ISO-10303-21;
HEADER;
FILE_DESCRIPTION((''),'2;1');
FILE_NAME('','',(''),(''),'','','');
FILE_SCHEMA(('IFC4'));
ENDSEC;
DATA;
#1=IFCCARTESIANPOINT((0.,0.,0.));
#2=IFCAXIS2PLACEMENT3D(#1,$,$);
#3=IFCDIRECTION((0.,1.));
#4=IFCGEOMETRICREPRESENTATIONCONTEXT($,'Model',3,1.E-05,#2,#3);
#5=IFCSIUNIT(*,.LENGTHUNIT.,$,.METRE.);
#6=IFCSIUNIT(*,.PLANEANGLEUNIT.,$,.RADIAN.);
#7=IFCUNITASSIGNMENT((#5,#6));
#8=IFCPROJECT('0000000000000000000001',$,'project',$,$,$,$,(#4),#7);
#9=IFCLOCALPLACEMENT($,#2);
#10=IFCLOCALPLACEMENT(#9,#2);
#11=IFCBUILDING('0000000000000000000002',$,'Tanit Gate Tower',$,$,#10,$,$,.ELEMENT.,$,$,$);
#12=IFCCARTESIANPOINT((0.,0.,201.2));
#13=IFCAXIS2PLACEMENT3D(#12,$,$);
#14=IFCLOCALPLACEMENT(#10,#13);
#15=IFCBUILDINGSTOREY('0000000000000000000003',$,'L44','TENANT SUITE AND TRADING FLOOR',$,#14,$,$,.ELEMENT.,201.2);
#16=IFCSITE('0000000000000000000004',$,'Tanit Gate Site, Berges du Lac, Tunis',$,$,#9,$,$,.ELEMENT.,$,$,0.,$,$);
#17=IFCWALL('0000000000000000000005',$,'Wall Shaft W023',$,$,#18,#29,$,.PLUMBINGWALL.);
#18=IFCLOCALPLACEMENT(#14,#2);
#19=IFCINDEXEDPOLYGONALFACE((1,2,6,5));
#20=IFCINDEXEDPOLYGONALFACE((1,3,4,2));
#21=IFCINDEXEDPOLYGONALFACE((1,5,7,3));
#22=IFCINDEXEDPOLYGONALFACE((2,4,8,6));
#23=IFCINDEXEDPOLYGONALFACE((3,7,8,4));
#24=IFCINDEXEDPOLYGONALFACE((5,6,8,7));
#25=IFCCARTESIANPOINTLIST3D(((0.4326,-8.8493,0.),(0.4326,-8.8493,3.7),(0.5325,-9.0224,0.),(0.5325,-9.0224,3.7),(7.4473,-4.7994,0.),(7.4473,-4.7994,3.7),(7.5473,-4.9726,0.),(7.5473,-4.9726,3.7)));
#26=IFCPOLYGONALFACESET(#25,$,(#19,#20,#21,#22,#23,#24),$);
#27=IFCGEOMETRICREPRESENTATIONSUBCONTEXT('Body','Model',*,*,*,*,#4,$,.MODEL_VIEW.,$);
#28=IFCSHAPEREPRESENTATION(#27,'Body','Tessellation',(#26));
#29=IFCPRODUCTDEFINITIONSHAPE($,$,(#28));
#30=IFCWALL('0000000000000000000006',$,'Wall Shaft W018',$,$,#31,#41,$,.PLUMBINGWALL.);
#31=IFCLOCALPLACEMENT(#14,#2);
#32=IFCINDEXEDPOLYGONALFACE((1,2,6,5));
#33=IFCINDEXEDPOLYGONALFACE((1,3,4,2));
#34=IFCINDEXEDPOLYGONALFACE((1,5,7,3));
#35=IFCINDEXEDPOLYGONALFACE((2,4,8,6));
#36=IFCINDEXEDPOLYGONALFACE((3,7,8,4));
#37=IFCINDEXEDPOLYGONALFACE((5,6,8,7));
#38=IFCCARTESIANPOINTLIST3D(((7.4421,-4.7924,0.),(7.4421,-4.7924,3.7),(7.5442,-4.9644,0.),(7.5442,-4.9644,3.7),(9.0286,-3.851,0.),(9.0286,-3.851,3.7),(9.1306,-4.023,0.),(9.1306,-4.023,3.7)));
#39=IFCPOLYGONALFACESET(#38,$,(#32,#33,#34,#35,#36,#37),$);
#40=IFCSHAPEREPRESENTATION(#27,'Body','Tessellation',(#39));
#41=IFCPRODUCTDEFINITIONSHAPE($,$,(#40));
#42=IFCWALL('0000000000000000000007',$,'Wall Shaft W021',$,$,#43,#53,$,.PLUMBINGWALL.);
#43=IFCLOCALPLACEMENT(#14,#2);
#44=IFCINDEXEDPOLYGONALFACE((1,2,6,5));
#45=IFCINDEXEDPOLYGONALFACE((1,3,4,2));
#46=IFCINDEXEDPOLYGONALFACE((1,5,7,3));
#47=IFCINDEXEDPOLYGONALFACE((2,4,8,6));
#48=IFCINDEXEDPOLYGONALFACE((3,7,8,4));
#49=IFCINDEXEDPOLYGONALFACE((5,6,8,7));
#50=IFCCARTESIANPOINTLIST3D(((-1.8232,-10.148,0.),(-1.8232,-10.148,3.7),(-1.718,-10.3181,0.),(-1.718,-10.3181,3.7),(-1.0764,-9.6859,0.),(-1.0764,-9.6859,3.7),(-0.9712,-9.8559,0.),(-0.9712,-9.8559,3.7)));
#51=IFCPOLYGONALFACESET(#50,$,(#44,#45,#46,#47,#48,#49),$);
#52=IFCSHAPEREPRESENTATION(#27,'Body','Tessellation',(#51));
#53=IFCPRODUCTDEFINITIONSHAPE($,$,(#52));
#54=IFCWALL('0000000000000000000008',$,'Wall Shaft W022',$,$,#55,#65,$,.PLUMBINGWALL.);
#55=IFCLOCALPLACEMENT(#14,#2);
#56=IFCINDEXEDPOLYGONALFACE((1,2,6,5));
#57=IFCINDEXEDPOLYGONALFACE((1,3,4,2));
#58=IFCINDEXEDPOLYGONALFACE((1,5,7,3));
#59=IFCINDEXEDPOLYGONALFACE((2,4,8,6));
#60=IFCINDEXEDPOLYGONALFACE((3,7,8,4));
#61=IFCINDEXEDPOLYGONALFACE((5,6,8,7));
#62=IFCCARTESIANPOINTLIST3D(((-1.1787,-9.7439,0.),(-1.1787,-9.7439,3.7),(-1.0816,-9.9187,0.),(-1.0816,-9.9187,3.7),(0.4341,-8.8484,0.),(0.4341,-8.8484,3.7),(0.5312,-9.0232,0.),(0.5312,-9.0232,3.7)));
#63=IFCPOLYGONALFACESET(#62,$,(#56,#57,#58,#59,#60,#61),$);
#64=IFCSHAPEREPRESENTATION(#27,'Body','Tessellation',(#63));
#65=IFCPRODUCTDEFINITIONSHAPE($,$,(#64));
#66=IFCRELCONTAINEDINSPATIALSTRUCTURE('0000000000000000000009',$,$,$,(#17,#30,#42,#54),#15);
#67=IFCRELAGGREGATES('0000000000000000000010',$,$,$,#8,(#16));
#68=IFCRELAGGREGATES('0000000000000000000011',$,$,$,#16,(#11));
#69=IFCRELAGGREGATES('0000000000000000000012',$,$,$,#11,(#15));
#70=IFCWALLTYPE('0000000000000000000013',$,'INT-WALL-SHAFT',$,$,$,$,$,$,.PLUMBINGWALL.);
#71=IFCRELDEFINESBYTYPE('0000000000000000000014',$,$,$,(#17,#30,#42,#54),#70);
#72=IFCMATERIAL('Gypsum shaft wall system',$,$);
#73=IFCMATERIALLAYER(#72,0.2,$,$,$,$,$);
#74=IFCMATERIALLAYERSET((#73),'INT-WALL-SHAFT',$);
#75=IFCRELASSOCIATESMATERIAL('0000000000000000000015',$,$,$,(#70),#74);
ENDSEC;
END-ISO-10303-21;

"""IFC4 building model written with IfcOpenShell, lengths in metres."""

from ifc_helpers import new_model, si_unit, direction, frame, frame_2d, origin, place, context, subcontext, project, spatial, rectangle, extrude, material, layer, layer_set, type_object, element, save


model = new_model("IFC4")

# Units and contexts
model_context = context("Model", 3, precision=1e-05, world=origin(), true_north=direction((0.0, 1.0)))
body_context = subcontext(model_context, "Body", "Model", "MODEL_VIEW")
ifc_project = project(units=[si_unit("LENGTHUNIT", "METRE"), si_unit("PLANEANGLEUNIT", "RADIAN")], contexts=[model_context])

# Site, building, storey
site_placement = place(None, origin())
site = spatial("IfcSite", under=ifc_project, at=site_placement, Name="Tanit Gate Site, Berges du Lac, Tunis", CompositionType="ELEMENT", RefElevation=0.0)
building_placement = place(site_placement, origin())
building = spatial("IfcBuilding", under=site, at=building_placement, Name="Tanit Gate Tower", CompositionType="ELEMENT")
storey_placement = place(building_placement, frame((0.0, 0.0, 201.2)))
storey = spatial("IfcBuildingStorey", under=building, at=storey_placement, Name="L44", Description="TENANT SUITE AND TRADING FLOOR", CompositionType="ELEMENT", Elevation=201.2)

# Walls
ifc_material_1 = material(Name="Gypsum shaft wall system")
ifc_layer_1 = layer(ifc_material_1, 0.2)
ifc_layer_set_1 = layer_set([ifc_layer_1], Name="INT-WALL-SHAFT")
wall_type_1 = type_object("IfcWallType", Name="INT-WALL-SHAFT", PredefinedType="PLUMBINGWALL", material=ifc_layer_set_1)
wall_1_placement = place(storey_placement, frame((0.4827, -8.9358, 0.0), z_axis=(0.0, 0.0, 1.0), x_axis=(0.866031, 0.49999, 0.0)))
element("IfcWall", 1, at=wall_1_placement, inside=storey, type_object=wall_type_1, Name="Wall Shaft W023", PredefinedType="PLUMBINGWALL", context=body_context, shape_type="SweptSolid", body=[
    extrude(rectangle(XDim=8.0999, YDim=0.2, at=frame_2d((4.0498, 0.0))), origin(), (0.0, 0.0, 1.0), 3.7),
])
wall_2_placement = place(storey_placement, frame((7.4932, -4.8784, 0.0), z_axis=(0.0, 0.0, 1.0), x_axis=(0.859982, 0.510325, 0.0)))
element("IfcWall", 2, at=wall_2_placement, inside=storey, type_object=wall_type_1, Name="Wall Shaft W018", PredefinedType="PLUMBINGWALL", context=body_context, shape_type="SweptSolid", body=[
    extrude(rectangle(XDim=1.8447, YDim=0.2, at=frame_2d((0.9224, 0.0))), origin(), (0.0, 0.0, 1.0), 3.7),
])
wall_3_placement = place(storey_placement, frame((-1.0239, -9.771, 0.0), z_axis=(0.0, 0.0, 1.0), x_axis=(-0.850348, -0.526221, 0.0)))
element("IfcWall", 3, at=wall_3_placement, inside=storey, type_object=wall_type_1, Name="Wall Shaft W021", PredefinedType="PLUMBINGWALL", context=body_context, shape_type="SweptSolid", body=[
    extrude(rectangle(XDim=0.8782, YDim=0.2, at=frame_2d((0.439, 0.0))), origin(), (0.0, 0.0, 1.0), 3.7),
])
wall_4_placement = place(storey_placement, frame((-1.1301, -9.8313, 0.0), z_axis=(0.0, 0.0, 1.0), x_axis=(0.87427, 0.485441, 0.0)))
element("IfcWall", 4, at=wall_4_placement, inside=storey, type_object=wall_type_1, Name="Wall Shaft W022", PredefinedType="PLUMBINGWALL", context=body_context, shape_type="SweptSolid", body=[
    extrude(rectangle(XDim=1.8447, YDim=0.2, at=frame_2d((0.9224, 0.0))), origin(), (0.0, 0.0, 1.0), 3.7),
])

save(model, "model.ifc")
